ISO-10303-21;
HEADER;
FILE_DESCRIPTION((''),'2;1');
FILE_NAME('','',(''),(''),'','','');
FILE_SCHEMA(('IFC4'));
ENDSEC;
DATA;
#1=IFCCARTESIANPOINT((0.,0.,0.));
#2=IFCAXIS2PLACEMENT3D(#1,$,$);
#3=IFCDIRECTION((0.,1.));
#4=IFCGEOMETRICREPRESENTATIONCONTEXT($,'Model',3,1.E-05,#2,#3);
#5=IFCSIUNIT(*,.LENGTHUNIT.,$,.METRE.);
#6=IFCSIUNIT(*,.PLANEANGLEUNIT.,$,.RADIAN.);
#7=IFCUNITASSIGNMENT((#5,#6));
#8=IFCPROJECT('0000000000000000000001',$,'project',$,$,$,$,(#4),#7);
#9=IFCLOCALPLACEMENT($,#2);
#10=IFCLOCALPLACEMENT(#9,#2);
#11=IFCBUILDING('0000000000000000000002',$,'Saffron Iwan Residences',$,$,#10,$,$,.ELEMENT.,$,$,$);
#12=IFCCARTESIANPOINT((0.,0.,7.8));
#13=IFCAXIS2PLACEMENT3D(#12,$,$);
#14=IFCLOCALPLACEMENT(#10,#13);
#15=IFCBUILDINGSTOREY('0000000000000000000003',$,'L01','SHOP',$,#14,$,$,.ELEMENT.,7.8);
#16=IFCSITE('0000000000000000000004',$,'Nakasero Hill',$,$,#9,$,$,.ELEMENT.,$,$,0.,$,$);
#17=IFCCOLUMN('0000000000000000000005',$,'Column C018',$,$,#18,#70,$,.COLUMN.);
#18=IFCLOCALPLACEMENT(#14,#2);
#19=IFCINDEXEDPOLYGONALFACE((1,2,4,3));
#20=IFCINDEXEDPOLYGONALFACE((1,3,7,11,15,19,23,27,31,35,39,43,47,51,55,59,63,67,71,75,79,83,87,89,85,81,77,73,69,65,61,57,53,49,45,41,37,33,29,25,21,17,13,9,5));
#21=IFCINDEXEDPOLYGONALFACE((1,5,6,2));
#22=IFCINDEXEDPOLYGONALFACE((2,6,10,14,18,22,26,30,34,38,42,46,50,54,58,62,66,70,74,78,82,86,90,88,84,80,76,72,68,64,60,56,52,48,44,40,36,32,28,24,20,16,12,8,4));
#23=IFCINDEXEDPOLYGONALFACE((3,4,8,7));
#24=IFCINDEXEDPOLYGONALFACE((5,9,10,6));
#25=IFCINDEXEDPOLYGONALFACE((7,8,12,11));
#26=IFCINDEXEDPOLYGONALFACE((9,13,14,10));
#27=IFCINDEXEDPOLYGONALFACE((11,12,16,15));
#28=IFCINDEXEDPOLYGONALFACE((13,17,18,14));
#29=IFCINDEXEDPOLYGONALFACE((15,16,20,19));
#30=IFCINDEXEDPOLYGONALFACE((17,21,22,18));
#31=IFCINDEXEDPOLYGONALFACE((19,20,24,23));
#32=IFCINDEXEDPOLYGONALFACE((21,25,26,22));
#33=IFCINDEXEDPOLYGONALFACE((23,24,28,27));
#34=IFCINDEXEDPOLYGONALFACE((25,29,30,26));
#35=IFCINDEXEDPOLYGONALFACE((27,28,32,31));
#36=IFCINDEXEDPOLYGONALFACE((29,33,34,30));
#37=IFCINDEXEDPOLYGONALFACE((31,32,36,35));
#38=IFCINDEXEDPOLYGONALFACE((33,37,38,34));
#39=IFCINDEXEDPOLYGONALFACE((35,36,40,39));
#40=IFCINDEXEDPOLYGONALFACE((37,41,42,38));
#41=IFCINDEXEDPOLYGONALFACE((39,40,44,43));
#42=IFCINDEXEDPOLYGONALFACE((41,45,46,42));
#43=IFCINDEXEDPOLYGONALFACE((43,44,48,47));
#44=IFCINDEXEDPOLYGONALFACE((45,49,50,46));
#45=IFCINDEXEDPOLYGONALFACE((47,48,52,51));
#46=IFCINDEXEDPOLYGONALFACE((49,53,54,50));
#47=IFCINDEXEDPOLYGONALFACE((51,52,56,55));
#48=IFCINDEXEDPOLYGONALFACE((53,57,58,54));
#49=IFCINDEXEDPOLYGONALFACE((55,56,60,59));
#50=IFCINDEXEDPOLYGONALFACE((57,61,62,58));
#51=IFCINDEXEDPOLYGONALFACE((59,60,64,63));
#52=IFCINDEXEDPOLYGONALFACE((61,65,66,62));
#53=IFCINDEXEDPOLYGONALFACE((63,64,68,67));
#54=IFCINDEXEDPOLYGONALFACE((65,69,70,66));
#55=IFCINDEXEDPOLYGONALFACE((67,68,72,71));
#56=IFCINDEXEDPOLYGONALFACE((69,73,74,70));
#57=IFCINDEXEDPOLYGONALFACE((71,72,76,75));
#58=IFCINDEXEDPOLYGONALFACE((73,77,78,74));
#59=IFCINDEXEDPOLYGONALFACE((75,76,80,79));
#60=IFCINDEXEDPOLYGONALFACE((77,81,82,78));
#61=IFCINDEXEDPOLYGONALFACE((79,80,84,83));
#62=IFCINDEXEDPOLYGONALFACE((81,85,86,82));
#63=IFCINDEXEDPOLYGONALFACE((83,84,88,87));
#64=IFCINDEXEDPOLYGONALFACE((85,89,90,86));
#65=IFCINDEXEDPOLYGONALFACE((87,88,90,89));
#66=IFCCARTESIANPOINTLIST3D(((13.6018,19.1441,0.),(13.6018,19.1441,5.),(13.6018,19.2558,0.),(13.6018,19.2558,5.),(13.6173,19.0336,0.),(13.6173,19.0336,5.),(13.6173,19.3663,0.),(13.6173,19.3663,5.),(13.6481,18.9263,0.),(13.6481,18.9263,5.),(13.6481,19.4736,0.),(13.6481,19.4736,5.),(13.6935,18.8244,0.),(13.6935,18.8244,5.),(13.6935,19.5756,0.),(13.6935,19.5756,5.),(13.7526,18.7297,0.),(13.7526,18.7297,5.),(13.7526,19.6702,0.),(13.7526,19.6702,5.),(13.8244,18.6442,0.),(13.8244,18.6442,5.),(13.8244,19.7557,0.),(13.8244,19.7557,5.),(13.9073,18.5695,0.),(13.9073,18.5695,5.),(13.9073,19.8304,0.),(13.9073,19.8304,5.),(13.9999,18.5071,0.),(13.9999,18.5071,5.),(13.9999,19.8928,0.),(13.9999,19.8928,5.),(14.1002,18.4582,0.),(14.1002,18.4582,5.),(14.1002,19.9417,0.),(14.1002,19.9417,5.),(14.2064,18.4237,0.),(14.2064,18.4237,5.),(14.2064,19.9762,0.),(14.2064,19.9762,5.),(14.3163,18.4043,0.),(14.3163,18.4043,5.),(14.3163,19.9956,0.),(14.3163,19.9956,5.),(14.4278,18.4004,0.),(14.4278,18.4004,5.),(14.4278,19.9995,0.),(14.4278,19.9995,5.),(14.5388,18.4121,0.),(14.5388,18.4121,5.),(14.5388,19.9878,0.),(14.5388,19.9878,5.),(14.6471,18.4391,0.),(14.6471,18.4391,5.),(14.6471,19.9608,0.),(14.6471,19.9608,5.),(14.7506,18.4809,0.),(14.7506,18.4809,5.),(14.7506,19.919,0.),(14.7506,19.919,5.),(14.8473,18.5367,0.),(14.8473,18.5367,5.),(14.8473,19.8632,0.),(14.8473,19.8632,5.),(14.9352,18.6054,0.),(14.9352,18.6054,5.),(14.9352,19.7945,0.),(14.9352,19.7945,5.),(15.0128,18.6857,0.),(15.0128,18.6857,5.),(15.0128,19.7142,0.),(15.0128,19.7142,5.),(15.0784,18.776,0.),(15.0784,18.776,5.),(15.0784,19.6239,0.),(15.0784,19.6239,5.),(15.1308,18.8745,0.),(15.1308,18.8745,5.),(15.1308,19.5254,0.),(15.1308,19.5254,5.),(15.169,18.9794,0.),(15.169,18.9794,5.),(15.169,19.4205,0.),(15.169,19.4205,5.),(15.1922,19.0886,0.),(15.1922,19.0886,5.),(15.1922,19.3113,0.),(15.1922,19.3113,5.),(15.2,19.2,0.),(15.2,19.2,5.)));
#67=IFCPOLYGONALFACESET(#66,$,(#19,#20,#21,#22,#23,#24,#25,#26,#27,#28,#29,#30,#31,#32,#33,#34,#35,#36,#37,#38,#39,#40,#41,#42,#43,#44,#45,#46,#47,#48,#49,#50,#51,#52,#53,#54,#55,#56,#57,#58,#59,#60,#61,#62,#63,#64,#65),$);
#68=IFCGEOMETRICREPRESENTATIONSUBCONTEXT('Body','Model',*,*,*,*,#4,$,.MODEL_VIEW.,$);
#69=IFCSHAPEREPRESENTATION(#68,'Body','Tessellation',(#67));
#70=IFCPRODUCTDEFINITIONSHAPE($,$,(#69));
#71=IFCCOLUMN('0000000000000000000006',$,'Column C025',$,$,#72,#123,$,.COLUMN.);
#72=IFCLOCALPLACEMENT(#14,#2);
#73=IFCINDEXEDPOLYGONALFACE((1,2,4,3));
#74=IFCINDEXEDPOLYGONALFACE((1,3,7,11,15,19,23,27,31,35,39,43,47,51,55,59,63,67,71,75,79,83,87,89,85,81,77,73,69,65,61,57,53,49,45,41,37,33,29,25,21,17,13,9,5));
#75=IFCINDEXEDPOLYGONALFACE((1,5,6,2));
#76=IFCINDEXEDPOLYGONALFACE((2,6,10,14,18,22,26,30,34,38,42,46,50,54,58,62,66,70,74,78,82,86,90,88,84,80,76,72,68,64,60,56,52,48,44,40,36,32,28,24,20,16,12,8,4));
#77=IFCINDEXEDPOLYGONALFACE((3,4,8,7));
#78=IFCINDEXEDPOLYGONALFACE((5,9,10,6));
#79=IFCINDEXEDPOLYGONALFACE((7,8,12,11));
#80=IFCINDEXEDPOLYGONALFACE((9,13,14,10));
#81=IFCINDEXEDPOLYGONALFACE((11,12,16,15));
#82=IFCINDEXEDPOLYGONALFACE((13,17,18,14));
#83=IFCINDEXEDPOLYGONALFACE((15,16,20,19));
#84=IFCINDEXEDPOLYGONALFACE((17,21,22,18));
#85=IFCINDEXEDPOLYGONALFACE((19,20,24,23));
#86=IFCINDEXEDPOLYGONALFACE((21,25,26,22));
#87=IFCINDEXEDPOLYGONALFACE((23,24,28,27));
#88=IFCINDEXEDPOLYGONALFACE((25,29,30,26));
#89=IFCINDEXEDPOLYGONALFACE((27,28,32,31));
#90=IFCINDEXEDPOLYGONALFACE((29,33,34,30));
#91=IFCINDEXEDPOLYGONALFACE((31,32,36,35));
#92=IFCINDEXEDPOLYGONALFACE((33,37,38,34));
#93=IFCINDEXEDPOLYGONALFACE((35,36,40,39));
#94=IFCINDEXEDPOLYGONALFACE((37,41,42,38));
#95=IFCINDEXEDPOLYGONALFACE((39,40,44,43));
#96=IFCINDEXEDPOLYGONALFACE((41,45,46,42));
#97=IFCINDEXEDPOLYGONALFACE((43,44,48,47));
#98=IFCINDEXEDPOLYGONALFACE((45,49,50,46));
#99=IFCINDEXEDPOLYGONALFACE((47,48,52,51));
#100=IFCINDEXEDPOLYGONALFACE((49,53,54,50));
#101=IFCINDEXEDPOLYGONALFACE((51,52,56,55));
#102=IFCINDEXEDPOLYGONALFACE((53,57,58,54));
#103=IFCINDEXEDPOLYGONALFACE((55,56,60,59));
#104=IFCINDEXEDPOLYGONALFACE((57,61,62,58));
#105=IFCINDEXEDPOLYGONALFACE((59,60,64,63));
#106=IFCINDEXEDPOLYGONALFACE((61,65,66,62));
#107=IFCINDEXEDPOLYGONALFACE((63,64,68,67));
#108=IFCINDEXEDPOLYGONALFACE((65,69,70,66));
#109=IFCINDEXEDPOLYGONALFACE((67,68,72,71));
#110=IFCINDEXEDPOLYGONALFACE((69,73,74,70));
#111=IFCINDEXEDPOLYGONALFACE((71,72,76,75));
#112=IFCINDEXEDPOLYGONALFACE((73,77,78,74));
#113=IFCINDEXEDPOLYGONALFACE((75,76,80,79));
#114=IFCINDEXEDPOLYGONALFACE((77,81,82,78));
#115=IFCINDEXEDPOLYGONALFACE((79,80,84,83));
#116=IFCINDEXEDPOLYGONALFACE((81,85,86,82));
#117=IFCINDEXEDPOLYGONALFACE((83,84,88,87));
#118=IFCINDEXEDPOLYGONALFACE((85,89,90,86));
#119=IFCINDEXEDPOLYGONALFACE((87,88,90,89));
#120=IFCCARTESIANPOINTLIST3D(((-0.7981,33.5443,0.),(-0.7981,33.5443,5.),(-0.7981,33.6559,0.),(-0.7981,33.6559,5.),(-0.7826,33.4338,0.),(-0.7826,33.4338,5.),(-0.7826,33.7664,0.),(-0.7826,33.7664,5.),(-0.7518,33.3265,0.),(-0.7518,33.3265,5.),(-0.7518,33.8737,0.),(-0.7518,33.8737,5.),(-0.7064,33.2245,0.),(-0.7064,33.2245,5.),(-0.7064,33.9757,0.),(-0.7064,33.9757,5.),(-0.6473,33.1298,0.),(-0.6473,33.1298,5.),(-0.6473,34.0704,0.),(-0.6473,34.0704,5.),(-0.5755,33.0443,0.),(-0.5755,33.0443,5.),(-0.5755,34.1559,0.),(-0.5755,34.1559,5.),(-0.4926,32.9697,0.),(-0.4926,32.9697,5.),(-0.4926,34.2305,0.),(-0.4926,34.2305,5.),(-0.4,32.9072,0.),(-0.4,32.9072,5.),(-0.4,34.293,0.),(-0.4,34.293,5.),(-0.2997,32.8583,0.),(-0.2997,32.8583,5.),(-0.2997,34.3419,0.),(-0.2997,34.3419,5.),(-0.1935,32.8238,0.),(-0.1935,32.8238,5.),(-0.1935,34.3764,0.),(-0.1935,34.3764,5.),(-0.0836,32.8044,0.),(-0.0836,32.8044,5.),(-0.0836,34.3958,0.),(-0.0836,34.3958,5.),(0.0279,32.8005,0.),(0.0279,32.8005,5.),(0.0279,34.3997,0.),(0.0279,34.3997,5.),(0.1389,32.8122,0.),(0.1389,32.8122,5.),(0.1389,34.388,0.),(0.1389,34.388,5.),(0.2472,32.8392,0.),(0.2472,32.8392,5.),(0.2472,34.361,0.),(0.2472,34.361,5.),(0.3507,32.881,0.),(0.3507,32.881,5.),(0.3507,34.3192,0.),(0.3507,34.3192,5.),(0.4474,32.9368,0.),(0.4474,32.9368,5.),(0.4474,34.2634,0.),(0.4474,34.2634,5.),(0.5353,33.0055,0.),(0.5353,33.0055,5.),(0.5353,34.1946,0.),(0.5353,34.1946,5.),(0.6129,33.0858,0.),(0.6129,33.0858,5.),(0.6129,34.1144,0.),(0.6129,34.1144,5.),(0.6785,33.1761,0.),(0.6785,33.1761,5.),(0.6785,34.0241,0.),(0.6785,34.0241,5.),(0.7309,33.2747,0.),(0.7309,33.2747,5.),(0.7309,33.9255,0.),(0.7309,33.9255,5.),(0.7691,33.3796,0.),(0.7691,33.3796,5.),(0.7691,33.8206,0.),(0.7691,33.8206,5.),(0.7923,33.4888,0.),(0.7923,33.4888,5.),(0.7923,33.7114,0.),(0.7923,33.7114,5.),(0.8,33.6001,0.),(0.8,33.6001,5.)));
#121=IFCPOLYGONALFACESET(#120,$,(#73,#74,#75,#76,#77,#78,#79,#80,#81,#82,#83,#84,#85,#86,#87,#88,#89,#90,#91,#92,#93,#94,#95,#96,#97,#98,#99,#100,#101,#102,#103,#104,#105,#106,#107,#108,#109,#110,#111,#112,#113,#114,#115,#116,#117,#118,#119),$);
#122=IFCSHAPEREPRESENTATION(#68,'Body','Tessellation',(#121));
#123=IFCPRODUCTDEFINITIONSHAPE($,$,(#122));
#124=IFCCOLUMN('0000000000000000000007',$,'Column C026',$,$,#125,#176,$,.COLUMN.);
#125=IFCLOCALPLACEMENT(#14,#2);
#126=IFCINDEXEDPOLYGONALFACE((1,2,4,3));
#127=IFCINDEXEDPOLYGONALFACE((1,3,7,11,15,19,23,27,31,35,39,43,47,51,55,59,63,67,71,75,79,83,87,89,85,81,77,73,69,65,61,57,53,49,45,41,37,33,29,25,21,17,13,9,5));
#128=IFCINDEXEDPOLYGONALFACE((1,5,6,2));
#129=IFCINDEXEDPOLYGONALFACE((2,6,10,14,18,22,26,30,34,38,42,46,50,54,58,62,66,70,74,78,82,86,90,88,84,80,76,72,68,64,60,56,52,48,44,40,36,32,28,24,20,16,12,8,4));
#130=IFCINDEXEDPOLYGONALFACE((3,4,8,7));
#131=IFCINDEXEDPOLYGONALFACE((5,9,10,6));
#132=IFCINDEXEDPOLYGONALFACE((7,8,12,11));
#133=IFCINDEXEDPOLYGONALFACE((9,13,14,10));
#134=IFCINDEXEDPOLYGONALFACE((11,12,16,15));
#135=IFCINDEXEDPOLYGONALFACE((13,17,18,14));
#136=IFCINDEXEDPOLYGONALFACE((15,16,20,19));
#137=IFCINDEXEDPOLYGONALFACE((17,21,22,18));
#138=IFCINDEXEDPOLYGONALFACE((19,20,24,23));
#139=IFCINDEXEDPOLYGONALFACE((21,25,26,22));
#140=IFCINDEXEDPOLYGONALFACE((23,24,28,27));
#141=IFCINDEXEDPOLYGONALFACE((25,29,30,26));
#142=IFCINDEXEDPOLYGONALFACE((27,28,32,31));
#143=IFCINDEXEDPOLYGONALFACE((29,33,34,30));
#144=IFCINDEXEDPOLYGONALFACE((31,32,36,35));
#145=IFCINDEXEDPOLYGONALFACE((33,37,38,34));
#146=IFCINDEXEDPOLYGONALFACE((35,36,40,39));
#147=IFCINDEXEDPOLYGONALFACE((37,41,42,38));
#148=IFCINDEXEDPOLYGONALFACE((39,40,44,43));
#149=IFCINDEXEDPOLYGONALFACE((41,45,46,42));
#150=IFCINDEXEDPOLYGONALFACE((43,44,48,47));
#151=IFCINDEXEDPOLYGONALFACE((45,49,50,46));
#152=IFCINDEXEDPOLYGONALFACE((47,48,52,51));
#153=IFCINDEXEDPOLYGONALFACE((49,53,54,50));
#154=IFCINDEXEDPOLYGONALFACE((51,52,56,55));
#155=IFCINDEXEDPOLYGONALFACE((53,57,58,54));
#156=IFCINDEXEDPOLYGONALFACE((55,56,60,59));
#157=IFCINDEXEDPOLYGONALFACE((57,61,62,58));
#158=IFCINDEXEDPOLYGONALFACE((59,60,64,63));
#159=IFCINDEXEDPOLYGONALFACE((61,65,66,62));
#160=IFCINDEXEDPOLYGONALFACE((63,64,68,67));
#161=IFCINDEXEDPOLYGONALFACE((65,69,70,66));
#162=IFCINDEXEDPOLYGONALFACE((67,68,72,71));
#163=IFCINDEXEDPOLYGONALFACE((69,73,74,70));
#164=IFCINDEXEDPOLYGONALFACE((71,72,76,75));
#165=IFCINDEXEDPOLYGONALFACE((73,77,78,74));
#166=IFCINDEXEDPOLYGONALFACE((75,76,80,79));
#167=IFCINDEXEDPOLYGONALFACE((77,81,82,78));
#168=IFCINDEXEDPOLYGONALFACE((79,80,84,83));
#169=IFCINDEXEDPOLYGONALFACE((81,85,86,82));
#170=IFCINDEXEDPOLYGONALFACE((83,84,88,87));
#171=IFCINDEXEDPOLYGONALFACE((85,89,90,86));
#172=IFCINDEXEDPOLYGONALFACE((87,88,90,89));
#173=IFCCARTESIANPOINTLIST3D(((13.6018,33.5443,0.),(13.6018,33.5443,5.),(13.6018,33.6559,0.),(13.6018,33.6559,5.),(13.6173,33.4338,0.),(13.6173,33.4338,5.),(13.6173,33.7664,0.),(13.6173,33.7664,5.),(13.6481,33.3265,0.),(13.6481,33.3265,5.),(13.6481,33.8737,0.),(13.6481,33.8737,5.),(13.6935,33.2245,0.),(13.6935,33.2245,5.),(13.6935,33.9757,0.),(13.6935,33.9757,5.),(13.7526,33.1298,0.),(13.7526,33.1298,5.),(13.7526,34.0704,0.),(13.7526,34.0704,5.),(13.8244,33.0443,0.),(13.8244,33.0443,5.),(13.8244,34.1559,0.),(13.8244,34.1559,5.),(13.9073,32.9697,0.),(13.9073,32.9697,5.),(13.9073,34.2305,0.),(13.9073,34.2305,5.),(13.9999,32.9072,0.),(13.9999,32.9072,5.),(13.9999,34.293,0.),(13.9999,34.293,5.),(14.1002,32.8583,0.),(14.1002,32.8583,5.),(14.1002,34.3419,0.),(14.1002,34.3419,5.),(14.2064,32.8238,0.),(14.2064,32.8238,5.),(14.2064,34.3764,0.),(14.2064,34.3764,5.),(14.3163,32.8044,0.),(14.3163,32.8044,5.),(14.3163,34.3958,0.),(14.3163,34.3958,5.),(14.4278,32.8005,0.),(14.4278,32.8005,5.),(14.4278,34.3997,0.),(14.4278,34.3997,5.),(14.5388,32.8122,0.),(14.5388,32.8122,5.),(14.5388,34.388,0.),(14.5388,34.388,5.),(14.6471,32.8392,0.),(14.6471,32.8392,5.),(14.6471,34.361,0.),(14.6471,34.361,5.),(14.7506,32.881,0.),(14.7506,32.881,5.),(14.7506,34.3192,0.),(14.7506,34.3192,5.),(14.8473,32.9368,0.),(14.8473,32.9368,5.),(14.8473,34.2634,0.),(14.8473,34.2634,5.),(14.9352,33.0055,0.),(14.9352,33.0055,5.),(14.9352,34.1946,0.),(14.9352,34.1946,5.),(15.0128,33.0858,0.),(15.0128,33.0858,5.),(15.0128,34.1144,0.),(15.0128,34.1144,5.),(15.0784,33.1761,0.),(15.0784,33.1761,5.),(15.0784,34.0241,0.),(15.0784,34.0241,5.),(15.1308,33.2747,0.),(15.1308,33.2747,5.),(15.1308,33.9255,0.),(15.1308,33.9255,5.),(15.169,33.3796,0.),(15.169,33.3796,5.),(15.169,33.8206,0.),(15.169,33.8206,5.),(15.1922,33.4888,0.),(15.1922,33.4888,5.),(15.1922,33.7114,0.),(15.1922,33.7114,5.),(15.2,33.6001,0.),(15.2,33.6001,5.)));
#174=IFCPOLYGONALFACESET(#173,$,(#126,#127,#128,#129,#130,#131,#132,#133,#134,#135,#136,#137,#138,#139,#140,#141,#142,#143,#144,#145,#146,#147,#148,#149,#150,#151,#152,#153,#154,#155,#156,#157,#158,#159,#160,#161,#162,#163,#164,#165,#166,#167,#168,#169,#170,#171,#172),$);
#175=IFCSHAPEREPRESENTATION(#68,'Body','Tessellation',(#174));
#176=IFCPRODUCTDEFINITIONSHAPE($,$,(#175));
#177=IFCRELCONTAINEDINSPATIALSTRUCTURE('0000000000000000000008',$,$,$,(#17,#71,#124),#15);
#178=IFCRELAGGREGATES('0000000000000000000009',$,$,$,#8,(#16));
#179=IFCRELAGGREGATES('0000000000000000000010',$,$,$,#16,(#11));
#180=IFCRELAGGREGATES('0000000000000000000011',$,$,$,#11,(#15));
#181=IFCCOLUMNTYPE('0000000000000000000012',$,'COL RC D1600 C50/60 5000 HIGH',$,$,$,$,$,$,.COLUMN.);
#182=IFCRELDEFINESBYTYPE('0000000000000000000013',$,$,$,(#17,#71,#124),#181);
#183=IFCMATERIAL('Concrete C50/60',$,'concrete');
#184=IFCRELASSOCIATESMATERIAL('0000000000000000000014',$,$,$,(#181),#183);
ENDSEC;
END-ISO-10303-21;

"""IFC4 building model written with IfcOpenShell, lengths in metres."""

from ifc_helpers import new_model, si_unit, direction, frame, origin, origin_2d, place, context, subcontext, project, spatial, circle, extrude, source, transform, mapped, material, material_profile, profile_set, type_object, element, save


model = new_model("IFC4")

# Units and contexts
model_context = context("Model", 3, precision=1e-05, world=origin(), true_north=direction((0.0, 1.0)))
body_context = subcontext(model_context, "Body", "Model", "MODEL_VIEW")
ifc_project = project(units=[si_unit("LENGTHUNIT", "METRE"), si_unit("PLANEANGLEUNIT", "RADIAN")], contexts=[model_context])

# Site, building, storey
site_placement = place(None, origin())
site = spatial("IfcSite", under=ifc_project, at=site_placement, Name="Nakasero Hill", CompositionType="ELEMENT", RefElevation=0.0)
building_placement = place(site_placement, origin())
building = spatial("IfcBuilding", under=site, at=building_placement, Name="Saffron Iwan Residences", CompositionType="ELEMENT")
storey_placement = place(building_placement, frame((0.0, 0.0, 7.8)))
storey = spatial("IfcBuildingStorey", under=building, at=storey_placement, Name="L01", Description="SHOP", CompositionType="ELEMENT", Elevation=7.8)

# Columns
ifc_material_1 = material(Name="Concrete C50/60", Category="concrete")
ifc_material_profile_1 = material_profile(ifc_material_1, circle(Radius=0.8, at=origin_2d()), Name="RC D1600")
ifc_profile_set_1 = profile_set([ifc_material_profile_1], Name="Concrete C50/60")
column_type = type_object("IfcColumnType", Name="COL RC D1600 C50/60 5000 HIGH", PredefinedType="COLUMN", material=ifc_profile_set_1)
shared_shape_1 = source(origin(), body_context, "Body", "SweptSolid", [
    extrude(circle(Radius=0.8, at=origin_2d()), origin(), (0.0, 0.0, 1.0), 5.0),
])
for number, where, z_axis, x_axis, name in (
    (1, (14.3999, 19.2, 0.0), (0.0, 0.0, 1.0), (1.0, 0.0, 0.0), "Column C018"),
    (2, (0.0, 33.6001, 0.0), (0.0, 0.0, 1.0), (1.0, 0.0, 0.0), "Column C025"),
    (3, (14.3999, 33.6001, 0.0), (0.0, 0.0, 1.0), (1.0, 0.0, 0.0), "Column C026"),
):
    element("IfcColumn", number, at=place(storey_placement, frame(where, z_axis=z_axis, x_axis=x_axis)), inside=storey, type_object=column_type, Name=name, PredefinedType="COLUMN", context=body_context, shape_type="MappedRepresentation", body=[
        mapped(shared_shape_1, transform((0.0, 0.0, 0.0))),
    ])

save(model, "model.ifc")
